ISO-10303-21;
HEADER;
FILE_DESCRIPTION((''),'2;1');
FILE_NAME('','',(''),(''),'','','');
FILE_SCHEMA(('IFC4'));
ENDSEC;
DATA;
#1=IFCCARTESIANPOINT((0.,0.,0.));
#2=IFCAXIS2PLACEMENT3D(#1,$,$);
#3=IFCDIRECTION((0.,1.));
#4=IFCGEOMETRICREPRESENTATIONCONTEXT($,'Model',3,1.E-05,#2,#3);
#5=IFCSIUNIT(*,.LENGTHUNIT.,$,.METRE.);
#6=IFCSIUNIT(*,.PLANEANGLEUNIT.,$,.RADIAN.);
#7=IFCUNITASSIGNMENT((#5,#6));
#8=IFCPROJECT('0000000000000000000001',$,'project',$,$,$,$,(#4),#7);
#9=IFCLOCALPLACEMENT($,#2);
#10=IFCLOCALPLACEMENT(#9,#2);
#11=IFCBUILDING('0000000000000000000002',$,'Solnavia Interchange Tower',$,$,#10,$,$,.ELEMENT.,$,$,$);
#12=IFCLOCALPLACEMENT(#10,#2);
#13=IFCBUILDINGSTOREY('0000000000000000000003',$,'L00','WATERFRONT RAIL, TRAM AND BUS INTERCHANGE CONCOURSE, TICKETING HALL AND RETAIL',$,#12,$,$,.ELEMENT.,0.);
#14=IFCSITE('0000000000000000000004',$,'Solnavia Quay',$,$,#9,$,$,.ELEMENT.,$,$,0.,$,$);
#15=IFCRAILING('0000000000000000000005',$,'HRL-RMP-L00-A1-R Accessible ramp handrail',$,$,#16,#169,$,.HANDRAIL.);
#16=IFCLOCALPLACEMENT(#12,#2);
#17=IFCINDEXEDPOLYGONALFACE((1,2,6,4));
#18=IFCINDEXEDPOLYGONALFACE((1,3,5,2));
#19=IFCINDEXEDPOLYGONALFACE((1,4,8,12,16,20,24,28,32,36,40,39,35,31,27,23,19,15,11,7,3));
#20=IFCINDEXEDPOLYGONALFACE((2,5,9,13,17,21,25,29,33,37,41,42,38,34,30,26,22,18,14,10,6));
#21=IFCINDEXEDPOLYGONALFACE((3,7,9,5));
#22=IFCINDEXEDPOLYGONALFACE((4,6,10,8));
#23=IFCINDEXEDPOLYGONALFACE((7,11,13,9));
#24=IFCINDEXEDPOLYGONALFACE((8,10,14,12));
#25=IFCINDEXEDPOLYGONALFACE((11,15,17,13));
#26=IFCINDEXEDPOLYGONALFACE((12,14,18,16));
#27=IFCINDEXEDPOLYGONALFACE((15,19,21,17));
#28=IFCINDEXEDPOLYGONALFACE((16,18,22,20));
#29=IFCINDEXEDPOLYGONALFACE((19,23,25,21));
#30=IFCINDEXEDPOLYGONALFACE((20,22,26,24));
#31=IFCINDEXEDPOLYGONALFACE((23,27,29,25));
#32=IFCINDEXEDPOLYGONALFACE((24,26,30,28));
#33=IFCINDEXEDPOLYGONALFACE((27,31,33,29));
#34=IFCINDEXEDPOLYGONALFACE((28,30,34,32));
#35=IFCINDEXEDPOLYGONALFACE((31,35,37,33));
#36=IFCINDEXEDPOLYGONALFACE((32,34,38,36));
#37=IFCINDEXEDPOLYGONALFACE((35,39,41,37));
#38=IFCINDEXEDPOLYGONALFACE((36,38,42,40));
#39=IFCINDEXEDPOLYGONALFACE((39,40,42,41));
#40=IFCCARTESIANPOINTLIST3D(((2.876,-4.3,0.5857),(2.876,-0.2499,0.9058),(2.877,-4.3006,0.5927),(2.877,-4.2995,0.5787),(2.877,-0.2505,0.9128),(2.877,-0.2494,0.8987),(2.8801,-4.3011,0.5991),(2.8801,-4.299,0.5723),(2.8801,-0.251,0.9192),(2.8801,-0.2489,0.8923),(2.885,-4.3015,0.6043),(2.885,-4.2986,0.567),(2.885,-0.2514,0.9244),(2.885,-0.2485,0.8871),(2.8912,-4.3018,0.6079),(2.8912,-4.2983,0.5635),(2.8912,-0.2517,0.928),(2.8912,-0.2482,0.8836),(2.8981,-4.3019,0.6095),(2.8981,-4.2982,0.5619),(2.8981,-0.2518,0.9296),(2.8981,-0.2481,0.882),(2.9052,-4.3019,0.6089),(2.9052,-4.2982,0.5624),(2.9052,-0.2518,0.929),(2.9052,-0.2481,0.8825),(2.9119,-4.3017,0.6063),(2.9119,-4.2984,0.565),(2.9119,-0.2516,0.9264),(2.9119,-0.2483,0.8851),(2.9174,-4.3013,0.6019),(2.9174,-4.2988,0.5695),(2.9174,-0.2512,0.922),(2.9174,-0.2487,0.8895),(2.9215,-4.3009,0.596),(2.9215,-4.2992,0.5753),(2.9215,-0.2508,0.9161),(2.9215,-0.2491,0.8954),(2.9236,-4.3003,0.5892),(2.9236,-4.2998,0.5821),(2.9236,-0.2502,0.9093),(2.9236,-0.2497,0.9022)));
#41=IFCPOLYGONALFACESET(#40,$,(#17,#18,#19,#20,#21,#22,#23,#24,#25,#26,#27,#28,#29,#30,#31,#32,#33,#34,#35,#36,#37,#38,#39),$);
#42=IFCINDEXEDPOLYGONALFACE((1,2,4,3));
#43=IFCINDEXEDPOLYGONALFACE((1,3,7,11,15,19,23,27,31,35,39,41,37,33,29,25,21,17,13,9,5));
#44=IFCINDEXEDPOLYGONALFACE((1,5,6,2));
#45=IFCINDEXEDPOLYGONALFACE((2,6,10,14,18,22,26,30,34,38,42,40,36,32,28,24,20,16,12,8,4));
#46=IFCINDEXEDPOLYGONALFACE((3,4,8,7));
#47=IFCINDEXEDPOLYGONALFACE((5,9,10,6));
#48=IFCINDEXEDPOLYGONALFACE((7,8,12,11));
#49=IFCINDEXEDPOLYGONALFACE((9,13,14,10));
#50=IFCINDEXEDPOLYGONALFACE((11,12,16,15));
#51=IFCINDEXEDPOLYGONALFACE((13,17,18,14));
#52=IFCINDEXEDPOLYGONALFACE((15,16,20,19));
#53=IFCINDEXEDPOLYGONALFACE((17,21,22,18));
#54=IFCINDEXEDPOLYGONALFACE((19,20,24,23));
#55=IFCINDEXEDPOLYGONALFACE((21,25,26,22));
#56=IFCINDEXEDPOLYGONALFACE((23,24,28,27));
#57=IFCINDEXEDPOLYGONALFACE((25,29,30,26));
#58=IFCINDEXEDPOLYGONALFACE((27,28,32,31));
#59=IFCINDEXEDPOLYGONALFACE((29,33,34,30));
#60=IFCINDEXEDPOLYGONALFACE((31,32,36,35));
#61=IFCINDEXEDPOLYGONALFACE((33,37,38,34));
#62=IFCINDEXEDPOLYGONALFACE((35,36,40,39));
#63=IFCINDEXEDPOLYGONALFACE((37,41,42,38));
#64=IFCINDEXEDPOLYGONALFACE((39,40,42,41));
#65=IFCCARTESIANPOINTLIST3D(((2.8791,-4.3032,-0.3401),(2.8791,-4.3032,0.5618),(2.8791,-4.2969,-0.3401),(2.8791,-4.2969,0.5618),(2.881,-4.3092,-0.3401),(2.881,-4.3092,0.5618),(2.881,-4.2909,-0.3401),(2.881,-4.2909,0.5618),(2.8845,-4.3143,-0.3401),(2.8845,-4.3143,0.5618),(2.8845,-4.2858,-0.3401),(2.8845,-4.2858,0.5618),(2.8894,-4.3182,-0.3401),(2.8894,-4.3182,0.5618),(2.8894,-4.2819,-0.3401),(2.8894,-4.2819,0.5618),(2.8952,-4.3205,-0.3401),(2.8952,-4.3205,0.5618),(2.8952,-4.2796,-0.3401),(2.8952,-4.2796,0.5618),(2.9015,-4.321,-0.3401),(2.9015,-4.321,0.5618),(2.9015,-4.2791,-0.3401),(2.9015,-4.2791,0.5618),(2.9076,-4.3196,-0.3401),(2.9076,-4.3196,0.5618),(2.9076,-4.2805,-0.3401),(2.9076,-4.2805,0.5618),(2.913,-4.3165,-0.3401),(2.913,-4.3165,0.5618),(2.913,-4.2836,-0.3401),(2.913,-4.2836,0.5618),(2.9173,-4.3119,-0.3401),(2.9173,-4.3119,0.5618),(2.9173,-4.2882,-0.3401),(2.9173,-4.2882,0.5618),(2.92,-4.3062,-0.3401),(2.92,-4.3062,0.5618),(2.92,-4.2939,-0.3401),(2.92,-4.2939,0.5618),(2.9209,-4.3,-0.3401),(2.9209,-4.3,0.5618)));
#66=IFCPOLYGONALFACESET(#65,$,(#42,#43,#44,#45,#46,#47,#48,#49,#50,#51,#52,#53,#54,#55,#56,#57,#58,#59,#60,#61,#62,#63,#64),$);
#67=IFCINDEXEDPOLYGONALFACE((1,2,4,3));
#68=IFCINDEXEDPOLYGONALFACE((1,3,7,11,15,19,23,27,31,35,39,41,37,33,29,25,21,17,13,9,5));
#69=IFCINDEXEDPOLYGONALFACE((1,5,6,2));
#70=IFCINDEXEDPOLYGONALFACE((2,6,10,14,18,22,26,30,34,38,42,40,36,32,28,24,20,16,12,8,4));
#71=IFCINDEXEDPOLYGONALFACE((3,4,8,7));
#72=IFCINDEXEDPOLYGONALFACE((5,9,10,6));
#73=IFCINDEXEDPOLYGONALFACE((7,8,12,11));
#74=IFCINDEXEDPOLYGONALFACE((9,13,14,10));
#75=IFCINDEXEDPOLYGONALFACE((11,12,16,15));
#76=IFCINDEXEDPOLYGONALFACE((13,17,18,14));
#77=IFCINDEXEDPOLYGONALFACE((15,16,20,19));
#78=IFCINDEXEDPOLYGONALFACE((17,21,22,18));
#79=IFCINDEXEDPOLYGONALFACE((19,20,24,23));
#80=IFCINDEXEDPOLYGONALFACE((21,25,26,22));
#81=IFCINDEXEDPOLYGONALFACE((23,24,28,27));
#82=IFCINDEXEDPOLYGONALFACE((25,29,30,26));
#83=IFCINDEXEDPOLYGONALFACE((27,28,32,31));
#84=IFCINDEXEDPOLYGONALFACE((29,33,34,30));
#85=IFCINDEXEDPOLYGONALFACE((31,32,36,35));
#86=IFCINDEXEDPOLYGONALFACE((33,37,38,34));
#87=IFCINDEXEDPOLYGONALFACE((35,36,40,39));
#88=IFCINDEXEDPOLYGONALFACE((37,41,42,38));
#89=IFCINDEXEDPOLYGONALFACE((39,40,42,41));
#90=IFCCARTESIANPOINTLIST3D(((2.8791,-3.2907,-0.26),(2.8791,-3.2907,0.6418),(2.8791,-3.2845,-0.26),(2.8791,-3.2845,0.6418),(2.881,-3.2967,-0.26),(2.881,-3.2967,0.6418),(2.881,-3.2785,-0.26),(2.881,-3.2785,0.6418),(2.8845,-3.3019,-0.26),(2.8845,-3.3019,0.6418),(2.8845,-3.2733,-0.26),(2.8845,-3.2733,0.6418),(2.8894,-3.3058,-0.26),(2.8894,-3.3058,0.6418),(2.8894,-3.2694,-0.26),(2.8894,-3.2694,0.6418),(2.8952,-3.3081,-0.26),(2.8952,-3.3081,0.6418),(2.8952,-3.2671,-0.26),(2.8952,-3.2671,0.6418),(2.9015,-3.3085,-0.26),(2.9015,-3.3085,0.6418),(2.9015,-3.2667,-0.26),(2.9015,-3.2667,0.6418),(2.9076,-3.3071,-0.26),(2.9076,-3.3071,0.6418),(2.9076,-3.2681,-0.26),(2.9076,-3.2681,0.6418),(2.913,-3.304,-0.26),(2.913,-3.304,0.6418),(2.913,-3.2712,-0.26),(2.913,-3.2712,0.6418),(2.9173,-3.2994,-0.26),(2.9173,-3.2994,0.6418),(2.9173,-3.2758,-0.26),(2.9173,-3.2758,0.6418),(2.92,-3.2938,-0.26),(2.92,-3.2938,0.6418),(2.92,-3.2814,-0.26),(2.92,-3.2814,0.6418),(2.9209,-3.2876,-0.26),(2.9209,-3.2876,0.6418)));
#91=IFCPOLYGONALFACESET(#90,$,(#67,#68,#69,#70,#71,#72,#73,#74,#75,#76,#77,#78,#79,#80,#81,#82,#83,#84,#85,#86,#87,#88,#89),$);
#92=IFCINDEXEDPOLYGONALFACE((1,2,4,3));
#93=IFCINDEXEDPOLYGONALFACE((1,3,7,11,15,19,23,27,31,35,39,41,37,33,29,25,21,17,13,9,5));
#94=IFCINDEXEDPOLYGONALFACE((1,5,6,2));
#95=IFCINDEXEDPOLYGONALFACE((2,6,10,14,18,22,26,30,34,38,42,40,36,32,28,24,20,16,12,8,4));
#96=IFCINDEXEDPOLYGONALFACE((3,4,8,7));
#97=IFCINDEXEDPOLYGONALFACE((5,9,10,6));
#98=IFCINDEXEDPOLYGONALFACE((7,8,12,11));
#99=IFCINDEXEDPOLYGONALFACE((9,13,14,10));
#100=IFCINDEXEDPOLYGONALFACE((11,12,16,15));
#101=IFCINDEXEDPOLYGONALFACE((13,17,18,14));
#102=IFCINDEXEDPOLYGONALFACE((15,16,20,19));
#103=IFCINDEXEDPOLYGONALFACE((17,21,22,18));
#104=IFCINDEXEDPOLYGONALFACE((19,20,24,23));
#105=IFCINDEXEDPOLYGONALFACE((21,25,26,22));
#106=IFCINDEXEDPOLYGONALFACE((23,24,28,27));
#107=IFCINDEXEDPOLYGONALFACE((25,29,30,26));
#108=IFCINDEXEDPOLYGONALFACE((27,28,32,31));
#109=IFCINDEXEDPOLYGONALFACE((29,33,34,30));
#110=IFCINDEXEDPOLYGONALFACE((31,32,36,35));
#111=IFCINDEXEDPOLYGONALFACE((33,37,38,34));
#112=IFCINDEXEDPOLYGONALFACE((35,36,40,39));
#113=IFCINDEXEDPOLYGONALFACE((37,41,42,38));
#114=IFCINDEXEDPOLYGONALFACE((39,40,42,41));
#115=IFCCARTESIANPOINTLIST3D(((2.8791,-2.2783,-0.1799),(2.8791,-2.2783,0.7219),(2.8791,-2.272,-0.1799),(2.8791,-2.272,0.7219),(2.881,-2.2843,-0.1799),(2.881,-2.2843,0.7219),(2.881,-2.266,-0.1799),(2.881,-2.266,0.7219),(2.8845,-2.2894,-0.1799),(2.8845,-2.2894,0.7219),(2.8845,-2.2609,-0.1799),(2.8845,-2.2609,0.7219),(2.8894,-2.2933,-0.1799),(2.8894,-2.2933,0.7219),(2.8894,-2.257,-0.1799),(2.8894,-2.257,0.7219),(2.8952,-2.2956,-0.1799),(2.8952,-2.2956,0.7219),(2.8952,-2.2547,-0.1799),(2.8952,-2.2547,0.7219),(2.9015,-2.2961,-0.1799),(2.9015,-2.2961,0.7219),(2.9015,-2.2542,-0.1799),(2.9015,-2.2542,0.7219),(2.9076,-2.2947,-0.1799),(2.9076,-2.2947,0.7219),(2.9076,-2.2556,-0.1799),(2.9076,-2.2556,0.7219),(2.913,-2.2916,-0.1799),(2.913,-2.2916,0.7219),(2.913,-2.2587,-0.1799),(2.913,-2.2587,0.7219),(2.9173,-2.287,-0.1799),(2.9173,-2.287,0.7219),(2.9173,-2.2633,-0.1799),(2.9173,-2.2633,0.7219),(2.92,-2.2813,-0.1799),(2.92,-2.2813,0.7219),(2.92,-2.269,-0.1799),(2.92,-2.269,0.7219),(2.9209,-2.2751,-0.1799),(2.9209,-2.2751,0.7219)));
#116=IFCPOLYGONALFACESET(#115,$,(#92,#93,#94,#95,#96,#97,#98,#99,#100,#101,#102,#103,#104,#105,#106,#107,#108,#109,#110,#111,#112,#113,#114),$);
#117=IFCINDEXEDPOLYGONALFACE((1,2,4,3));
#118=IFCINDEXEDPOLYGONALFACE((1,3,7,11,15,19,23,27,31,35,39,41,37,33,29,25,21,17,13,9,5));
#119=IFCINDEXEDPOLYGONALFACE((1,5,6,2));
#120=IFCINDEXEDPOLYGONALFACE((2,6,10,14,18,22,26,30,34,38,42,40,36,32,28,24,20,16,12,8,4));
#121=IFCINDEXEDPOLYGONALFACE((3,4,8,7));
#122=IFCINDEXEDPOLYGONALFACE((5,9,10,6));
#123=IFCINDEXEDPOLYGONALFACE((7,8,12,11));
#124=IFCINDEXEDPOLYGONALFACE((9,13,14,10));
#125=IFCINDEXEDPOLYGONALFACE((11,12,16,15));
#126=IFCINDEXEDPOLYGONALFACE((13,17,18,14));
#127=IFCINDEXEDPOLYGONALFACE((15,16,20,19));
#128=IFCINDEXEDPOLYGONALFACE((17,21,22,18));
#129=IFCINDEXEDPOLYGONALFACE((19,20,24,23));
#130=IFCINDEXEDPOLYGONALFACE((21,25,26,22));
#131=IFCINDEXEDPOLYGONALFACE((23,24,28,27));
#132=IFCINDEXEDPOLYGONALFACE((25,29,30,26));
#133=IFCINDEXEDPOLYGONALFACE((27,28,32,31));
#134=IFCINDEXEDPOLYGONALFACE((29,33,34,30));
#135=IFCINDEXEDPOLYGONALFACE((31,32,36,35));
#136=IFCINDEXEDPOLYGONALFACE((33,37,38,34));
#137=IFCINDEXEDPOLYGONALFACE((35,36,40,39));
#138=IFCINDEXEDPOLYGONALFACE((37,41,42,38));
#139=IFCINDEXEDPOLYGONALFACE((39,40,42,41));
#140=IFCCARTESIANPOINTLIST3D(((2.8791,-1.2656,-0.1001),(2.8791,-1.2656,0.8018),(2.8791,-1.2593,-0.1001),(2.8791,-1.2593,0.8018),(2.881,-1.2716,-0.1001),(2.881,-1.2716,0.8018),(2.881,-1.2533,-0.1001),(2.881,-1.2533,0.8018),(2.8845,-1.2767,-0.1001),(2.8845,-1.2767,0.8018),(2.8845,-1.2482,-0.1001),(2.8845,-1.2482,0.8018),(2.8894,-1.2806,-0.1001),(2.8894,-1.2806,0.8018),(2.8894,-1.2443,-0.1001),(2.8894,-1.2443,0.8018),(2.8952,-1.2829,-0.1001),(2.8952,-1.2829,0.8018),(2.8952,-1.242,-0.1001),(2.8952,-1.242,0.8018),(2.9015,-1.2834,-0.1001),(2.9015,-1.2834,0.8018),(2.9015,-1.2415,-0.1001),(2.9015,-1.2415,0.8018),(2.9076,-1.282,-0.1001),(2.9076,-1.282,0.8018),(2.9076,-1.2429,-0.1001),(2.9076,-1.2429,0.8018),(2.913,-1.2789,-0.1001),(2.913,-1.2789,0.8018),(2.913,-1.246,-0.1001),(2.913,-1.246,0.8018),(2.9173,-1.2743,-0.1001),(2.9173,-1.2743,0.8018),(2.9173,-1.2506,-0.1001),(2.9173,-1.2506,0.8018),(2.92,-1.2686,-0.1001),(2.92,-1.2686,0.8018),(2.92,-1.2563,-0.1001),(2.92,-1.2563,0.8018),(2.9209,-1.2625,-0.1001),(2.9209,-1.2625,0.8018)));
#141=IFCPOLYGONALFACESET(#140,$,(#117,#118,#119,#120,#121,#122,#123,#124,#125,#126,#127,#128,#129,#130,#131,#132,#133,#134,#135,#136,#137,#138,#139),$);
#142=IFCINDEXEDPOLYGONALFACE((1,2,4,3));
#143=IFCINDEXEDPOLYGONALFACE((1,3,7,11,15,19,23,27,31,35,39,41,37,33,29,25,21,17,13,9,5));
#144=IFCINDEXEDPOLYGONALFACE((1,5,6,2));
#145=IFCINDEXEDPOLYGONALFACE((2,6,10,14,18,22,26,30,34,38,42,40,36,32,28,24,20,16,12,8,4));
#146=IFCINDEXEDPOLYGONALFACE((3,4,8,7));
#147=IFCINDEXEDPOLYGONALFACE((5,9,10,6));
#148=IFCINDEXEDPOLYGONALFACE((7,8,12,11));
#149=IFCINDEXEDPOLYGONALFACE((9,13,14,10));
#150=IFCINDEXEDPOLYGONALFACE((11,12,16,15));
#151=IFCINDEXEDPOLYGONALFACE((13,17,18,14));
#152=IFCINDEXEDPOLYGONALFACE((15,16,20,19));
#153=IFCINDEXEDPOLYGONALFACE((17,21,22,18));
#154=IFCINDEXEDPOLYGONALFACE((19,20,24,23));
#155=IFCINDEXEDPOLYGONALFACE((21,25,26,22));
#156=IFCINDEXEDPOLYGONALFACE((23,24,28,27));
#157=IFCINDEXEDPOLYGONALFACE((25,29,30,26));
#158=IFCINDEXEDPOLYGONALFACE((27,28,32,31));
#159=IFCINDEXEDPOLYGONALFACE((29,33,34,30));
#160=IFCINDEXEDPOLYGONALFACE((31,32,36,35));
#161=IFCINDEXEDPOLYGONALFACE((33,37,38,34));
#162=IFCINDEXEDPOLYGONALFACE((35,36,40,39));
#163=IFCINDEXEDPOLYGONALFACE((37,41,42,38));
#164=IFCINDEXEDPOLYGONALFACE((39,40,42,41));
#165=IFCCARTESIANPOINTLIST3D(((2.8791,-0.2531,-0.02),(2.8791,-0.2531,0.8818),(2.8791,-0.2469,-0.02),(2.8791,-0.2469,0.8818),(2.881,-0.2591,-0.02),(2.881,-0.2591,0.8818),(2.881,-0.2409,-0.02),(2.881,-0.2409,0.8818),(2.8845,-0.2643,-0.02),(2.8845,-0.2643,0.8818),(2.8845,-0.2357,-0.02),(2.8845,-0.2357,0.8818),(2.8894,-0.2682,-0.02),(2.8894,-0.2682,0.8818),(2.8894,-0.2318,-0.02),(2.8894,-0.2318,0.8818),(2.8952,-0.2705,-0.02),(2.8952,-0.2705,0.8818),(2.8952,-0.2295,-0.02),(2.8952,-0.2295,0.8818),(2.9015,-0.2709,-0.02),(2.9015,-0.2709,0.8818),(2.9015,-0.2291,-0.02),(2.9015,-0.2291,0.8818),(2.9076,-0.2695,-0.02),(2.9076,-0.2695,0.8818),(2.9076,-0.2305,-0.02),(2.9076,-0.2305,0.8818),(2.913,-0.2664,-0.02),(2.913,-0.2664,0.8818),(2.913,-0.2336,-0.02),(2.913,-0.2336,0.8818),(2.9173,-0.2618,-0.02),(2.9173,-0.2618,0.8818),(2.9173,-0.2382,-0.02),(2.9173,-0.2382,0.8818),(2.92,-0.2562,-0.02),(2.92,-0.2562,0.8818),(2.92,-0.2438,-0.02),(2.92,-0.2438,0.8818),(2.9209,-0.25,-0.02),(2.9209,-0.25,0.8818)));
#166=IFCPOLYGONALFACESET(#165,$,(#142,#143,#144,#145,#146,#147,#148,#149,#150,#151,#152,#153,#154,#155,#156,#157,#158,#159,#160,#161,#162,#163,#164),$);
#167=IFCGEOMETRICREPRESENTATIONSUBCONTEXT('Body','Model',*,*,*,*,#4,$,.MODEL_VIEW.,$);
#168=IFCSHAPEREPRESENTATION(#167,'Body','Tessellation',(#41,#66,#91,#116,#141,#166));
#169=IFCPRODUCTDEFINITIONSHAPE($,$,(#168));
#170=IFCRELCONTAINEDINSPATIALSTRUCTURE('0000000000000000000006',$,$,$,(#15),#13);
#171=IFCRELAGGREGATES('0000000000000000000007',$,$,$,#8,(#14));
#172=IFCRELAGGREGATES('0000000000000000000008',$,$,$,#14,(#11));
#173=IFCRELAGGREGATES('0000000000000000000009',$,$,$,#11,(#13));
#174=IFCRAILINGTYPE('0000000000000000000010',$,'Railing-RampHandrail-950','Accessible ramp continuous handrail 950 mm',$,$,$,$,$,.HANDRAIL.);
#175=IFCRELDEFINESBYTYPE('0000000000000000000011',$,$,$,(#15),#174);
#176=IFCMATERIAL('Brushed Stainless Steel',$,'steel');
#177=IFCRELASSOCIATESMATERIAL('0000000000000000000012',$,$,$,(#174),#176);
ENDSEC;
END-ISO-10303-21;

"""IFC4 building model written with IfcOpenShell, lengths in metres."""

from ifc_helpers import new_model, si_unit, direction, frame, origin, origin_2d, place, context, subcontext, project, spatial, circle, extrude, material, type_object, element, save


model = new_model("IFC4")

# Units and contexts
model_context = context("Model", 3, precision=1e-05, world=origin(), true_north=direction((0.0, 1.0)))
body_context = subcontext(model_context, "Body", "Model", "MODEL_VIEW")
ifc_project = project(units=[si_unit("LENGTHUNIT", "METRE"), si_unit("PLANEANGLEUNIT", "RADIAN")], contexts=[model_context])

# Site, building, storey
site_placement = place(None, origin())
site = spatial("IfcSite", under=ifc_project, at=site_placement, Name="Solnavia Quay", CompositionType="ELEMENT", RefElevation=0.0)
building_placement = place(site_placement, origin())
building = spatial("IfcBuilding", under=site, at=building_placement, Name="Solnavia Interchange Tower", CompositionType="ELEMENT")
storey_placement = place(building_placement, origin())
storey = spatial("IfcBuildingStorey", under=building, at=storey_placement, Name="L00", Description="WATERFRONT RAIL, TRAM AND BUS INTERCHANGE CONCOURSE, TICKETING HALL AND RETAIL", CompositionType="ELEMENT", Elevation=0.0)

# Railing
ifc_material_1 = material(Name="Brushed Stainless Steel", Category="steel")
railing_type = type_object("IfcRailingType", Name="Railing-RampHandrail-950", Description="Accessible ramp continuous handrail 950 mm", PredefinedType="HANDRAIL", material=ifc_material_1)
for number, where, name in (
    (1, (2.8999, -4.3, -0.3401), "HRL-RMP-L00-A1-R Accessible ramp handrail"),
):
    element("IfcRailing", number, at=place(storey_placement, frame(where)), inside=storey, type_object=railing_type, Name=name, PredefinedType="HANDRAIL", context=body_context, shape_type="SweptSolid", body=[
        extrude(circle(Radius=0.0239, at=origin_2d()), frame((0.0, 0.0, 0.9258), z_axis=(0.0, 0.996892, 0.078783), x_axis=(-1.0, 0.0, 0.0)), (0.0, 0.0, 1.0), 4.0627),
        extrude(circle(Radius=0.021, at=origin_2d()), origin(), (0.0, 0.0, 1.0), 0.9019),
        extrude(circle(Radius=0.021, at=origin_2d()), frame((0.0, 1.0125, 0.0801)), (0.0, 0.0, 1.0), 0.9019),
        extrude(circle(Radius=0.021, at=origin_2d()), frame((0.0, 2.0249, 0.1602)), (0.0, 0.0, 1.0), 0.9019),
        extrude(circle(Radius=0.021, at=origin_2d()), frame((0.0, 3.0376, 0.24)), (0.0, 0.0, 1.0), 0.9019),
        extrude(circle(Radius=0.021, at=origin_2d()), frame((0.0, 4.05, 0.3201)), (0.0, 0.0, 1.0), 0.9019),
    ])

save(model, "model.ifc")
